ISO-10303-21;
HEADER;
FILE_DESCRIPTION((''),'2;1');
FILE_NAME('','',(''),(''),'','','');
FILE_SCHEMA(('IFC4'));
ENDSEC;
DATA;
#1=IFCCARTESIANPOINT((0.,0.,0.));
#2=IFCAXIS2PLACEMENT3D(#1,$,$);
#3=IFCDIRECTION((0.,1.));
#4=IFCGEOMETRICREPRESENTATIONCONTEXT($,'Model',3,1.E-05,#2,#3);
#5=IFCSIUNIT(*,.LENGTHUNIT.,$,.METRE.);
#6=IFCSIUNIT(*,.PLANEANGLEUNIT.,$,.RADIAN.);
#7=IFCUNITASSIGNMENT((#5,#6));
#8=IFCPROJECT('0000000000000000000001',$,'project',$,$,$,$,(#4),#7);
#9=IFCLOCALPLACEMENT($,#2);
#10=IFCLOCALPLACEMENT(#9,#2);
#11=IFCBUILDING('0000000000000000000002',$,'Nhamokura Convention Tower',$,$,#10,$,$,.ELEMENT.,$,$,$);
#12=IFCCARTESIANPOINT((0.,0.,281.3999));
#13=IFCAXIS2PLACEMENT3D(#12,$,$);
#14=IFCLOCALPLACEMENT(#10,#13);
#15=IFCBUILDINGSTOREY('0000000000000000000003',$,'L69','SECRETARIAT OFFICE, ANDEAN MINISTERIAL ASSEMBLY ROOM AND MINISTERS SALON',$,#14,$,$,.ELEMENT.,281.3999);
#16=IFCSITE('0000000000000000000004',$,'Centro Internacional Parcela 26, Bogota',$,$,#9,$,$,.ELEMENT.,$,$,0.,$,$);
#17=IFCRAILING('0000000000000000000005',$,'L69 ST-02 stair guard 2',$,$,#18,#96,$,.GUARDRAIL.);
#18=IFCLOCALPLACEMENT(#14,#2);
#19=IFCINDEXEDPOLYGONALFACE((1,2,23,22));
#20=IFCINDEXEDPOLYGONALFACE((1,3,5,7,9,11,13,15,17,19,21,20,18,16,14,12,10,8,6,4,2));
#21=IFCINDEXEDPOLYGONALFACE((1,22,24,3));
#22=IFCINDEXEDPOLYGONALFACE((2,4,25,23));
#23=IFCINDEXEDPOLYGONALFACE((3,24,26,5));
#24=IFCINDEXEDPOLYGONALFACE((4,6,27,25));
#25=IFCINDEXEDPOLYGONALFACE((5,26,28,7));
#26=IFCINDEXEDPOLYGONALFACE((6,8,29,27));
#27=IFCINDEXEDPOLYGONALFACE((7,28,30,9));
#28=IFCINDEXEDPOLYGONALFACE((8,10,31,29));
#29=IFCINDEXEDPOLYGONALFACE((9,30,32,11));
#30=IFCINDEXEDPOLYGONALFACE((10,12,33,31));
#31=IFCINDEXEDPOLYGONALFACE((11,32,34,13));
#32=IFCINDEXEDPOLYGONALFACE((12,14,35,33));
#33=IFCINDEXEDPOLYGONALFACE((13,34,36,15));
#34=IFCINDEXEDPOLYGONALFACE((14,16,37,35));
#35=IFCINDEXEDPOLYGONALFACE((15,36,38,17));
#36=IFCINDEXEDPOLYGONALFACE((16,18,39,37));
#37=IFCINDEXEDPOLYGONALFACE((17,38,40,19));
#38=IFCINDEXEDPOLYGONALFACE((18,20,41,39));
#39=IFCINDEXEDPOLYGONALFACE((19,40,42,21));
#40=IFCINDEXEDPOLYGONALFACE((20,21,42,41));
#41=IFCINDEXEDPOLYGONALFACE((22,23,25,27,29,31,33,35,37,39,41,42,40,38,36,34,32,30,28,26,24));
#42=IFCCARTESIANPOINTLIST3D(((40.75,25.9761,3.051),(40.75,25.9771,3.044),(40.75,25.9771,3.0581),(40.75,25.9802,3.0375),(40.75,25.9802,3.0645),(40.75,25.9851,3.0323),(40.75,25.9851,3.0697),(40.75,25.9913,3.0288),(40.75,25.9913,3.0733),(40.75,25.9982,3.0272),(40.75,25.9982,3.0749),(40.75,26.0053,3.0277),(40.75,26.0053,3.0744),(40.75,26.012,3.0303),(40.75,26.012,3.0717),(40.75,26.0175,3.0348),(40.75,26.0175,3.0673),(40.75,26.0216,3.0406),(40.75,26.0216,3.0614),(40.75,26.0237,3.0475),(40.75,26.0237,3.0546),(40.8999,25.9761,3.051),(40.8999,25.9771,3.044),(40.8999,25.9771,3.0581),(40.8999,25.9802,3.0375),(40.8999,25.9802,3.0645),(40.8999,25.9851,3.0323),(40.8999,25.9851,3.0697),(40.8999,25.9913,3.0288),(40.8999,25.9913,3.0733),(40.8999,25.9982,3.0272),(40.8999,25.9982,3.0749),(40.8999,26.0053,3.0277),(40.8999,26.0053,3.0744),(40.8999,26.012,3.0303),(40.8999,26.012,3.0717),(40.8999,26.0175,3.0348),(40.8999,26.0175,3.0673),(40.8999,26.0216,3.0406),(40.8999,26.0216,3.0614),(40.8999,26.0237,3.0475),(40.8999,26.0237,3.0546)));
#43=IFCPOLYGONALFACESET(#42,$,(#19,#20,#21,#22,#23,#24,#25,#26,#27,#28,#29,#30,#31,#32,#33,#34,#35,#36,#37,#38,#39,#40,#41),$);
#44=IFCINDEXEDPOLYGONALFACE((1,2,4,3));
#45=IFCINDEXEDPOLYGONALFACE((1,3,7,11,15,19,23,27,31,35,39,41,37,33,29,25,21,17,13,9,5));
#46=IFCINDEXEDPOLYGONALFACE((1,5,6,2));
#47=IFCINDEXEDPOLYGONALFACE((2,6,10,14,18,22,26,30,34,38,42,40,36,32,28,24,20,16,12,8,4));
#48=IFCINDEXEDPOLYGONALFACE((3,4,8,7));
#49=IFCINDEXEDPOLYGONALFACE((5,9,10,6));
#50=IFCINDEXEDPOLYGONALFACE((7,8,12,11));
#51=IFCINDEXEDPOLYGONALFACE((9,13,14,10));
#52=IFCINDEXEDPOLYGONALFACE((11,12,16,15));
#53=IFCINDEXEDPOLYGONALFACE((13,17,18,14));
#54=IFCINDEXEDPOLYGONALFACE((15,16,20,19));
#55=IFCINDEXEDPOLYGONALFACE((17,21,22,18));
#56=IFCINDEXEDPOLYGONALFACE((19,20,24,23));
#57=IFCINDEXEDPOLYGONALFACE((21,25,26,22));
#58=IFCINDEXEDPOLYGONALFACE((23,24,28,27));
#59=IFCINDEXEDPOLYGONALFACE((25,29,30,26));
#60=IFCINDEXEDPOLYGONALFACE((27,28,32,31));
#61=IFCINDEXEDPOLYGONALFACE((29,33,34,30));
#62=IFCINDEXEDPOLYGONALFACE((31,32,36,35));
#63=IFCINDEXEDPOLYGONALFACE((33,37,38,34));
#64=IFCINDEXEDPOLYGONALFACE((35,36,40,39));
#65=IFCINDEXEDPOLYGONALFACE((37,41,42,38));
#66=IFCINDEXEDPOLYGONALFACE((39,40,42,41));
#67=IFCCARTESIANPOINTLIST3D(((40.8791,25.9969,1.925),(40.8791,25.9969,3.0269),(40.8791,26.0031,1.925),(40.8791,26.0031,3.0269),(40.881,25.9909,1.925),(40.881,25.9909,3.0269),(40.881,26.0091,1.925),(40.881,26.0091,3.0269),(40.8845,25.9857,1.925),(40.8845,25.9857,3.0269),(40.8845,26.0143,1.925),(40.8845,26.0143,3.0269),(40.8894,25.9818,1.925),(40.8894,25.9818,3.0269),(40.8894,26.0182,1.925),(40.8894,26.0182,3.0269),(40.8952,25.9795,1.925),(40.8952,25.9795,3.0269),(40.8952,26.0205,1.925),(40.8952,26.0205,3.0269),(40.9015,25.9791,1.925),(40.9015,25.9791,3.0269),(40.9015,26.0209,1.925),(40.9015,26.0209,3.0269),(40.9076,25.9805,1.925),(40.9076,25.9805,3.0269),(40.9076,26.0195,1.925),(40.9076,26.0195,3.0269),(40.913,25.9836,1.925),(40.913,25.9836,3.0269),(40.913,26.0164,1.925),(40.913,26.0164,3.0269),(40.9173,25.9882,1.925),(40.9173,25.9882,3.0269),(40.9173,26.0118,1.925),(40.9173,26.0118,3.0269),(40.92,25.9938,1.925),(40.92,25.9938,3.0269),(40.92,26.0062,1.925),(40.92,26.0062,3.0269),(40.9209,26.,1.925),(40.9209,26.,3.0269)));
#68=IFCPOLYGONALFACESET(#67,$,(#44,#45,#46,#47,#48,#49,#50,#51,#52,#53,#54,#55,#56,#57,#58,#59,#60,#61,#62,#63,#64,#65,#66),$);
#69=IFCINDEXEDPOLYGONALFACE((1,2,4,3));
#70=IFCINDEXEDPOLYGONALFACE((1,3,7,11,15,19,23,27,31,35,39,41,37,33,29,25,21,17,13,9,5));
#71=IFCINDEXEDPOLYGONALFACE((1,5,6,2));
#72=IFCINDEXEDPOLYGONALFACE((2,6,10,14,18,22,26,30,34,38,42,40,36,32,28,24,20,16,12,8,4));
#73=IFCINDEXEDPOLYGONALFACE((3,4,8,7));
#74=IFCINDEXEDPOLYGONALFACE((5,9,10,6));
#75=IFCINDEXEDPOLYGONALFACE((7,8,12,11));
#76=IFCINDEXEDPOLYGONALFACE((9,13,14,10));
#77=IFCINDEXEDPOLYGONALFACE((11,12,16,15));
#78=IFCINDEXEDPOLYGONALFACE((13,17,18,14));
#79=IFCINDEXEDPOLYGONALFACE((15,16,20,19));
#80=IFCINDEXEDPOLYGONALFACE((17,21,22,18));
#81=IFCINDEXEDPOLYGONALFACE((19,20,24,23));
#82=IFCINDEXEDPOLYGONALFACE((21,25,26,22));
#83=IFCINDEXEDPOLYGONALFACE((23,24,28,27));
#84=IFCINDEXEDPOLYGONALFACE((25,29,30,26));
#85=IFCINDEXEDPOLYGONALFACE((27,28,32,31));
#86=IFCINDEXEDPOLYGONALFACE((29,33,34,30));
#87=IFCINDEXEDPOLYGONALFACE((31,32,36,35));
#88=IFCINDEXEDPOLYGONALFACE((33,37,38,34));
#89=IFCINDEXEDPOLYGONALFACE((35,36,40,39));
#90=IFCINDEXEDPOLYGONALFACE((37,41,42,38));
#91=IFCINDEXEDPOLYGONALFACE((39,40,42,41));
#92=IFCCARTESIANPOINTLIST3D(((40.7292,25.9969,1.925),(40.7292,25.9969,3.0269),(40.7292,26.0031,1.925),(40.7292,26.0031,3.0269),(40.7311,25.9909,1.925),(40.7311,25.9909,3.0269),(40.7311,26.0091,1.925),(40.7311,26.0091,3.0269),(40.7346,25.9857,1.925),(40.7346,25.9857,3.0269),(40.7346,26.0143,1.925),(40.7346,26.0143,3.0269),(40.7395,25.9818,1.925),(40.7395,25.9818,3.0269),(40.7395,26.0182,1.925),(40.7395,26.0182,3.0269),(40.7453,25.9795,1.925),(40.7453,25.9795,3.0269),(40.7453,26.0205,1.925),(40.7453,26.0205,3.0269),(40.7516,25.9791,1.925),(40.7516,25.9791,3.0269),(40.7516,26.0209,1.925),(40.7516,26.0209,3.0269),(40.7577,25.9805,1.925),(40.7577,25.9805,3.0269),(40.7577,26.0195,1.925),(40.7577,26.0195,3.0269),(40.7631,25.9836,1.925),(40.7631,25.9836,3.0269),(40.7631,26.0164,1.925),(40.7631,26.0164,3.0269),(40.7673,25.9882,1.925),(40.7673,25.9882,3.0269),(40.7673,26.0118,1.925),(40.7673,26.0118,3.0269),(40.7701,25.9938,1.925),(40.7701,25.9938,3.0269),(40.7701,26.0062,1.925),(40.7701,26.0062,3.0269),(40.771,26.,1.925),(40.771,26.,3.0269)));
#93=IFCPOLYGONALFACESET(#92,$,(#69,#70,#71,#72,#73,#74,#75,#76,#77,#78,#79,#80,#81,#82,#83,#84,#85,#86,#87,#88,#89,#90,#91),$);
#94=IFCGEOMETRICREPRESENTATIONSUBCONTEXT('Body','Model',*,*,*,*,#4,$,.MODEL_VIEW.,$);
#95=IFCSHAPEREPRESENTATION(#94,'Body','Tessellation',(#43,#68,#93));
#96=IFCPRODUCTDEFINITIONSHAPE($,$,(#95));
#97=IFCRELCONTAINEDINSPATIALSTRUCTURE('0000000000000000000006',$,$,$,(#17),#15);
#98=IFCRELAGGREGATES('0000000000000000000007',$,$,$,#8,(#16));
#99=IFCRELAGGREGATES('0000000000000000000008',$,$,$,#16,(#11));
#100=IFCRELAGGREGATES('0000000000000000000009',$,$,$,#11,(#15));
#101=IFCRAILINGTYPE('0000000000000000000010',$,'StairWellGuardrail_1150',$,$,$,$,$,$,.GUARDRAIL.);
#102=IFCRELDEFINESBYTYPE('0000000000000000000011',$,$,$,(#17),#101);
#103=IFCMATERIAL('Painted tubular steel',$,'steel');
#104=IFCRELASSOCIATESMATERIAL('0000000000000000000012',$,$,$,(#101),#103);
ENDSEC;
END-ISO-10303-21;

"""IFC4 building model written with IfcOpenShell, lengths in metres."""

from ifc_helpers import new_model, si_unit, direction, frame, origin, origin_2d, place, context, subcontext, project, spatial, circle, extrude, material, type_object, element, save


model = new_model("IFC4")

# Units and contexts
model_context = context("Model", 3, precision=1e-05, world=origin(), true_north=direction((0.0, 1.0)))
body_context = subcontext(model_context, "Body", "Model", "MODEL_VIEW")
ifc_project = project(units=[si_unit("LENGTHUNIT", "METRE"), si_unit("PLANEANGLEUNIT", "RADIAN")], contexts=[model_context])

# Site, building, storey
site_placement = place(None, origin())
site = spatial("IfcSite", under=ifc_project, at=site_placement, Name="Centro Internacional Parcela 26, Bogota", CompositionType="ELEMENT", RefElevation=0.0)
building_placement = place(site_placement, origin())
building = spatial("IfcBuilding", under=site, at=building_placement, Name="Nhamokura Convention Tower", CompositionType="ELEMENT")
storey_placement = place(building_placement, frame((0.0, 0.0, 281.3999)))
storey = spatial("IfcBuildingStorey", under=building, at=storey_placement, Name="L69", Description="SECRETARIAT OFFICE, ANDEAN MINISTERIAL ASSEMBLY ROOM AND MINISTERS SALON", CompositionType="ELEMENT", Elevation=281.3999)

# Railing
ifc_material_1 = material(Name="Painted tubular steel", Category="steel")
railing_type_1 = type_object("IfcRailingType", Name="StairWellGuardrail_1150", PredefinedType="GUARDRAIL", material=ifc_material_1)
railing_1_placement = place(storey_placement, frame((40.8999, 26.0, 1.925)))
element("IfcRailing", 1, at=railing_1_placement, inside=storey, type_object=railing_type_1, Name="L69 ST-02 stair guard 2", PredefinedType="GUARDRAIL", context=body_context, shape_type="SweptSolid", body=[
    extrude(circle(Radius=0.0239, at=origin_2d()), frame((0.0, 0.0, 1.126), z_axis=(-1.0, 0.0, 0.0), x_axis=(0.0, -1.0, 0.0)), (0.0, 0.0, 1.0), 0.1499),
    extrude(circle(Radius=0.021, at=origin_2d()), origin(), (0.0, 0.0, 1.0), 1.1018),
    extrude(circle(Radius=0.021, at=origin_2d()), frame((-0.1499, 0.0, 0.0)), (0.0, 0.0, 1.0), 1.1018),
])

save(model, "model.ifc")
